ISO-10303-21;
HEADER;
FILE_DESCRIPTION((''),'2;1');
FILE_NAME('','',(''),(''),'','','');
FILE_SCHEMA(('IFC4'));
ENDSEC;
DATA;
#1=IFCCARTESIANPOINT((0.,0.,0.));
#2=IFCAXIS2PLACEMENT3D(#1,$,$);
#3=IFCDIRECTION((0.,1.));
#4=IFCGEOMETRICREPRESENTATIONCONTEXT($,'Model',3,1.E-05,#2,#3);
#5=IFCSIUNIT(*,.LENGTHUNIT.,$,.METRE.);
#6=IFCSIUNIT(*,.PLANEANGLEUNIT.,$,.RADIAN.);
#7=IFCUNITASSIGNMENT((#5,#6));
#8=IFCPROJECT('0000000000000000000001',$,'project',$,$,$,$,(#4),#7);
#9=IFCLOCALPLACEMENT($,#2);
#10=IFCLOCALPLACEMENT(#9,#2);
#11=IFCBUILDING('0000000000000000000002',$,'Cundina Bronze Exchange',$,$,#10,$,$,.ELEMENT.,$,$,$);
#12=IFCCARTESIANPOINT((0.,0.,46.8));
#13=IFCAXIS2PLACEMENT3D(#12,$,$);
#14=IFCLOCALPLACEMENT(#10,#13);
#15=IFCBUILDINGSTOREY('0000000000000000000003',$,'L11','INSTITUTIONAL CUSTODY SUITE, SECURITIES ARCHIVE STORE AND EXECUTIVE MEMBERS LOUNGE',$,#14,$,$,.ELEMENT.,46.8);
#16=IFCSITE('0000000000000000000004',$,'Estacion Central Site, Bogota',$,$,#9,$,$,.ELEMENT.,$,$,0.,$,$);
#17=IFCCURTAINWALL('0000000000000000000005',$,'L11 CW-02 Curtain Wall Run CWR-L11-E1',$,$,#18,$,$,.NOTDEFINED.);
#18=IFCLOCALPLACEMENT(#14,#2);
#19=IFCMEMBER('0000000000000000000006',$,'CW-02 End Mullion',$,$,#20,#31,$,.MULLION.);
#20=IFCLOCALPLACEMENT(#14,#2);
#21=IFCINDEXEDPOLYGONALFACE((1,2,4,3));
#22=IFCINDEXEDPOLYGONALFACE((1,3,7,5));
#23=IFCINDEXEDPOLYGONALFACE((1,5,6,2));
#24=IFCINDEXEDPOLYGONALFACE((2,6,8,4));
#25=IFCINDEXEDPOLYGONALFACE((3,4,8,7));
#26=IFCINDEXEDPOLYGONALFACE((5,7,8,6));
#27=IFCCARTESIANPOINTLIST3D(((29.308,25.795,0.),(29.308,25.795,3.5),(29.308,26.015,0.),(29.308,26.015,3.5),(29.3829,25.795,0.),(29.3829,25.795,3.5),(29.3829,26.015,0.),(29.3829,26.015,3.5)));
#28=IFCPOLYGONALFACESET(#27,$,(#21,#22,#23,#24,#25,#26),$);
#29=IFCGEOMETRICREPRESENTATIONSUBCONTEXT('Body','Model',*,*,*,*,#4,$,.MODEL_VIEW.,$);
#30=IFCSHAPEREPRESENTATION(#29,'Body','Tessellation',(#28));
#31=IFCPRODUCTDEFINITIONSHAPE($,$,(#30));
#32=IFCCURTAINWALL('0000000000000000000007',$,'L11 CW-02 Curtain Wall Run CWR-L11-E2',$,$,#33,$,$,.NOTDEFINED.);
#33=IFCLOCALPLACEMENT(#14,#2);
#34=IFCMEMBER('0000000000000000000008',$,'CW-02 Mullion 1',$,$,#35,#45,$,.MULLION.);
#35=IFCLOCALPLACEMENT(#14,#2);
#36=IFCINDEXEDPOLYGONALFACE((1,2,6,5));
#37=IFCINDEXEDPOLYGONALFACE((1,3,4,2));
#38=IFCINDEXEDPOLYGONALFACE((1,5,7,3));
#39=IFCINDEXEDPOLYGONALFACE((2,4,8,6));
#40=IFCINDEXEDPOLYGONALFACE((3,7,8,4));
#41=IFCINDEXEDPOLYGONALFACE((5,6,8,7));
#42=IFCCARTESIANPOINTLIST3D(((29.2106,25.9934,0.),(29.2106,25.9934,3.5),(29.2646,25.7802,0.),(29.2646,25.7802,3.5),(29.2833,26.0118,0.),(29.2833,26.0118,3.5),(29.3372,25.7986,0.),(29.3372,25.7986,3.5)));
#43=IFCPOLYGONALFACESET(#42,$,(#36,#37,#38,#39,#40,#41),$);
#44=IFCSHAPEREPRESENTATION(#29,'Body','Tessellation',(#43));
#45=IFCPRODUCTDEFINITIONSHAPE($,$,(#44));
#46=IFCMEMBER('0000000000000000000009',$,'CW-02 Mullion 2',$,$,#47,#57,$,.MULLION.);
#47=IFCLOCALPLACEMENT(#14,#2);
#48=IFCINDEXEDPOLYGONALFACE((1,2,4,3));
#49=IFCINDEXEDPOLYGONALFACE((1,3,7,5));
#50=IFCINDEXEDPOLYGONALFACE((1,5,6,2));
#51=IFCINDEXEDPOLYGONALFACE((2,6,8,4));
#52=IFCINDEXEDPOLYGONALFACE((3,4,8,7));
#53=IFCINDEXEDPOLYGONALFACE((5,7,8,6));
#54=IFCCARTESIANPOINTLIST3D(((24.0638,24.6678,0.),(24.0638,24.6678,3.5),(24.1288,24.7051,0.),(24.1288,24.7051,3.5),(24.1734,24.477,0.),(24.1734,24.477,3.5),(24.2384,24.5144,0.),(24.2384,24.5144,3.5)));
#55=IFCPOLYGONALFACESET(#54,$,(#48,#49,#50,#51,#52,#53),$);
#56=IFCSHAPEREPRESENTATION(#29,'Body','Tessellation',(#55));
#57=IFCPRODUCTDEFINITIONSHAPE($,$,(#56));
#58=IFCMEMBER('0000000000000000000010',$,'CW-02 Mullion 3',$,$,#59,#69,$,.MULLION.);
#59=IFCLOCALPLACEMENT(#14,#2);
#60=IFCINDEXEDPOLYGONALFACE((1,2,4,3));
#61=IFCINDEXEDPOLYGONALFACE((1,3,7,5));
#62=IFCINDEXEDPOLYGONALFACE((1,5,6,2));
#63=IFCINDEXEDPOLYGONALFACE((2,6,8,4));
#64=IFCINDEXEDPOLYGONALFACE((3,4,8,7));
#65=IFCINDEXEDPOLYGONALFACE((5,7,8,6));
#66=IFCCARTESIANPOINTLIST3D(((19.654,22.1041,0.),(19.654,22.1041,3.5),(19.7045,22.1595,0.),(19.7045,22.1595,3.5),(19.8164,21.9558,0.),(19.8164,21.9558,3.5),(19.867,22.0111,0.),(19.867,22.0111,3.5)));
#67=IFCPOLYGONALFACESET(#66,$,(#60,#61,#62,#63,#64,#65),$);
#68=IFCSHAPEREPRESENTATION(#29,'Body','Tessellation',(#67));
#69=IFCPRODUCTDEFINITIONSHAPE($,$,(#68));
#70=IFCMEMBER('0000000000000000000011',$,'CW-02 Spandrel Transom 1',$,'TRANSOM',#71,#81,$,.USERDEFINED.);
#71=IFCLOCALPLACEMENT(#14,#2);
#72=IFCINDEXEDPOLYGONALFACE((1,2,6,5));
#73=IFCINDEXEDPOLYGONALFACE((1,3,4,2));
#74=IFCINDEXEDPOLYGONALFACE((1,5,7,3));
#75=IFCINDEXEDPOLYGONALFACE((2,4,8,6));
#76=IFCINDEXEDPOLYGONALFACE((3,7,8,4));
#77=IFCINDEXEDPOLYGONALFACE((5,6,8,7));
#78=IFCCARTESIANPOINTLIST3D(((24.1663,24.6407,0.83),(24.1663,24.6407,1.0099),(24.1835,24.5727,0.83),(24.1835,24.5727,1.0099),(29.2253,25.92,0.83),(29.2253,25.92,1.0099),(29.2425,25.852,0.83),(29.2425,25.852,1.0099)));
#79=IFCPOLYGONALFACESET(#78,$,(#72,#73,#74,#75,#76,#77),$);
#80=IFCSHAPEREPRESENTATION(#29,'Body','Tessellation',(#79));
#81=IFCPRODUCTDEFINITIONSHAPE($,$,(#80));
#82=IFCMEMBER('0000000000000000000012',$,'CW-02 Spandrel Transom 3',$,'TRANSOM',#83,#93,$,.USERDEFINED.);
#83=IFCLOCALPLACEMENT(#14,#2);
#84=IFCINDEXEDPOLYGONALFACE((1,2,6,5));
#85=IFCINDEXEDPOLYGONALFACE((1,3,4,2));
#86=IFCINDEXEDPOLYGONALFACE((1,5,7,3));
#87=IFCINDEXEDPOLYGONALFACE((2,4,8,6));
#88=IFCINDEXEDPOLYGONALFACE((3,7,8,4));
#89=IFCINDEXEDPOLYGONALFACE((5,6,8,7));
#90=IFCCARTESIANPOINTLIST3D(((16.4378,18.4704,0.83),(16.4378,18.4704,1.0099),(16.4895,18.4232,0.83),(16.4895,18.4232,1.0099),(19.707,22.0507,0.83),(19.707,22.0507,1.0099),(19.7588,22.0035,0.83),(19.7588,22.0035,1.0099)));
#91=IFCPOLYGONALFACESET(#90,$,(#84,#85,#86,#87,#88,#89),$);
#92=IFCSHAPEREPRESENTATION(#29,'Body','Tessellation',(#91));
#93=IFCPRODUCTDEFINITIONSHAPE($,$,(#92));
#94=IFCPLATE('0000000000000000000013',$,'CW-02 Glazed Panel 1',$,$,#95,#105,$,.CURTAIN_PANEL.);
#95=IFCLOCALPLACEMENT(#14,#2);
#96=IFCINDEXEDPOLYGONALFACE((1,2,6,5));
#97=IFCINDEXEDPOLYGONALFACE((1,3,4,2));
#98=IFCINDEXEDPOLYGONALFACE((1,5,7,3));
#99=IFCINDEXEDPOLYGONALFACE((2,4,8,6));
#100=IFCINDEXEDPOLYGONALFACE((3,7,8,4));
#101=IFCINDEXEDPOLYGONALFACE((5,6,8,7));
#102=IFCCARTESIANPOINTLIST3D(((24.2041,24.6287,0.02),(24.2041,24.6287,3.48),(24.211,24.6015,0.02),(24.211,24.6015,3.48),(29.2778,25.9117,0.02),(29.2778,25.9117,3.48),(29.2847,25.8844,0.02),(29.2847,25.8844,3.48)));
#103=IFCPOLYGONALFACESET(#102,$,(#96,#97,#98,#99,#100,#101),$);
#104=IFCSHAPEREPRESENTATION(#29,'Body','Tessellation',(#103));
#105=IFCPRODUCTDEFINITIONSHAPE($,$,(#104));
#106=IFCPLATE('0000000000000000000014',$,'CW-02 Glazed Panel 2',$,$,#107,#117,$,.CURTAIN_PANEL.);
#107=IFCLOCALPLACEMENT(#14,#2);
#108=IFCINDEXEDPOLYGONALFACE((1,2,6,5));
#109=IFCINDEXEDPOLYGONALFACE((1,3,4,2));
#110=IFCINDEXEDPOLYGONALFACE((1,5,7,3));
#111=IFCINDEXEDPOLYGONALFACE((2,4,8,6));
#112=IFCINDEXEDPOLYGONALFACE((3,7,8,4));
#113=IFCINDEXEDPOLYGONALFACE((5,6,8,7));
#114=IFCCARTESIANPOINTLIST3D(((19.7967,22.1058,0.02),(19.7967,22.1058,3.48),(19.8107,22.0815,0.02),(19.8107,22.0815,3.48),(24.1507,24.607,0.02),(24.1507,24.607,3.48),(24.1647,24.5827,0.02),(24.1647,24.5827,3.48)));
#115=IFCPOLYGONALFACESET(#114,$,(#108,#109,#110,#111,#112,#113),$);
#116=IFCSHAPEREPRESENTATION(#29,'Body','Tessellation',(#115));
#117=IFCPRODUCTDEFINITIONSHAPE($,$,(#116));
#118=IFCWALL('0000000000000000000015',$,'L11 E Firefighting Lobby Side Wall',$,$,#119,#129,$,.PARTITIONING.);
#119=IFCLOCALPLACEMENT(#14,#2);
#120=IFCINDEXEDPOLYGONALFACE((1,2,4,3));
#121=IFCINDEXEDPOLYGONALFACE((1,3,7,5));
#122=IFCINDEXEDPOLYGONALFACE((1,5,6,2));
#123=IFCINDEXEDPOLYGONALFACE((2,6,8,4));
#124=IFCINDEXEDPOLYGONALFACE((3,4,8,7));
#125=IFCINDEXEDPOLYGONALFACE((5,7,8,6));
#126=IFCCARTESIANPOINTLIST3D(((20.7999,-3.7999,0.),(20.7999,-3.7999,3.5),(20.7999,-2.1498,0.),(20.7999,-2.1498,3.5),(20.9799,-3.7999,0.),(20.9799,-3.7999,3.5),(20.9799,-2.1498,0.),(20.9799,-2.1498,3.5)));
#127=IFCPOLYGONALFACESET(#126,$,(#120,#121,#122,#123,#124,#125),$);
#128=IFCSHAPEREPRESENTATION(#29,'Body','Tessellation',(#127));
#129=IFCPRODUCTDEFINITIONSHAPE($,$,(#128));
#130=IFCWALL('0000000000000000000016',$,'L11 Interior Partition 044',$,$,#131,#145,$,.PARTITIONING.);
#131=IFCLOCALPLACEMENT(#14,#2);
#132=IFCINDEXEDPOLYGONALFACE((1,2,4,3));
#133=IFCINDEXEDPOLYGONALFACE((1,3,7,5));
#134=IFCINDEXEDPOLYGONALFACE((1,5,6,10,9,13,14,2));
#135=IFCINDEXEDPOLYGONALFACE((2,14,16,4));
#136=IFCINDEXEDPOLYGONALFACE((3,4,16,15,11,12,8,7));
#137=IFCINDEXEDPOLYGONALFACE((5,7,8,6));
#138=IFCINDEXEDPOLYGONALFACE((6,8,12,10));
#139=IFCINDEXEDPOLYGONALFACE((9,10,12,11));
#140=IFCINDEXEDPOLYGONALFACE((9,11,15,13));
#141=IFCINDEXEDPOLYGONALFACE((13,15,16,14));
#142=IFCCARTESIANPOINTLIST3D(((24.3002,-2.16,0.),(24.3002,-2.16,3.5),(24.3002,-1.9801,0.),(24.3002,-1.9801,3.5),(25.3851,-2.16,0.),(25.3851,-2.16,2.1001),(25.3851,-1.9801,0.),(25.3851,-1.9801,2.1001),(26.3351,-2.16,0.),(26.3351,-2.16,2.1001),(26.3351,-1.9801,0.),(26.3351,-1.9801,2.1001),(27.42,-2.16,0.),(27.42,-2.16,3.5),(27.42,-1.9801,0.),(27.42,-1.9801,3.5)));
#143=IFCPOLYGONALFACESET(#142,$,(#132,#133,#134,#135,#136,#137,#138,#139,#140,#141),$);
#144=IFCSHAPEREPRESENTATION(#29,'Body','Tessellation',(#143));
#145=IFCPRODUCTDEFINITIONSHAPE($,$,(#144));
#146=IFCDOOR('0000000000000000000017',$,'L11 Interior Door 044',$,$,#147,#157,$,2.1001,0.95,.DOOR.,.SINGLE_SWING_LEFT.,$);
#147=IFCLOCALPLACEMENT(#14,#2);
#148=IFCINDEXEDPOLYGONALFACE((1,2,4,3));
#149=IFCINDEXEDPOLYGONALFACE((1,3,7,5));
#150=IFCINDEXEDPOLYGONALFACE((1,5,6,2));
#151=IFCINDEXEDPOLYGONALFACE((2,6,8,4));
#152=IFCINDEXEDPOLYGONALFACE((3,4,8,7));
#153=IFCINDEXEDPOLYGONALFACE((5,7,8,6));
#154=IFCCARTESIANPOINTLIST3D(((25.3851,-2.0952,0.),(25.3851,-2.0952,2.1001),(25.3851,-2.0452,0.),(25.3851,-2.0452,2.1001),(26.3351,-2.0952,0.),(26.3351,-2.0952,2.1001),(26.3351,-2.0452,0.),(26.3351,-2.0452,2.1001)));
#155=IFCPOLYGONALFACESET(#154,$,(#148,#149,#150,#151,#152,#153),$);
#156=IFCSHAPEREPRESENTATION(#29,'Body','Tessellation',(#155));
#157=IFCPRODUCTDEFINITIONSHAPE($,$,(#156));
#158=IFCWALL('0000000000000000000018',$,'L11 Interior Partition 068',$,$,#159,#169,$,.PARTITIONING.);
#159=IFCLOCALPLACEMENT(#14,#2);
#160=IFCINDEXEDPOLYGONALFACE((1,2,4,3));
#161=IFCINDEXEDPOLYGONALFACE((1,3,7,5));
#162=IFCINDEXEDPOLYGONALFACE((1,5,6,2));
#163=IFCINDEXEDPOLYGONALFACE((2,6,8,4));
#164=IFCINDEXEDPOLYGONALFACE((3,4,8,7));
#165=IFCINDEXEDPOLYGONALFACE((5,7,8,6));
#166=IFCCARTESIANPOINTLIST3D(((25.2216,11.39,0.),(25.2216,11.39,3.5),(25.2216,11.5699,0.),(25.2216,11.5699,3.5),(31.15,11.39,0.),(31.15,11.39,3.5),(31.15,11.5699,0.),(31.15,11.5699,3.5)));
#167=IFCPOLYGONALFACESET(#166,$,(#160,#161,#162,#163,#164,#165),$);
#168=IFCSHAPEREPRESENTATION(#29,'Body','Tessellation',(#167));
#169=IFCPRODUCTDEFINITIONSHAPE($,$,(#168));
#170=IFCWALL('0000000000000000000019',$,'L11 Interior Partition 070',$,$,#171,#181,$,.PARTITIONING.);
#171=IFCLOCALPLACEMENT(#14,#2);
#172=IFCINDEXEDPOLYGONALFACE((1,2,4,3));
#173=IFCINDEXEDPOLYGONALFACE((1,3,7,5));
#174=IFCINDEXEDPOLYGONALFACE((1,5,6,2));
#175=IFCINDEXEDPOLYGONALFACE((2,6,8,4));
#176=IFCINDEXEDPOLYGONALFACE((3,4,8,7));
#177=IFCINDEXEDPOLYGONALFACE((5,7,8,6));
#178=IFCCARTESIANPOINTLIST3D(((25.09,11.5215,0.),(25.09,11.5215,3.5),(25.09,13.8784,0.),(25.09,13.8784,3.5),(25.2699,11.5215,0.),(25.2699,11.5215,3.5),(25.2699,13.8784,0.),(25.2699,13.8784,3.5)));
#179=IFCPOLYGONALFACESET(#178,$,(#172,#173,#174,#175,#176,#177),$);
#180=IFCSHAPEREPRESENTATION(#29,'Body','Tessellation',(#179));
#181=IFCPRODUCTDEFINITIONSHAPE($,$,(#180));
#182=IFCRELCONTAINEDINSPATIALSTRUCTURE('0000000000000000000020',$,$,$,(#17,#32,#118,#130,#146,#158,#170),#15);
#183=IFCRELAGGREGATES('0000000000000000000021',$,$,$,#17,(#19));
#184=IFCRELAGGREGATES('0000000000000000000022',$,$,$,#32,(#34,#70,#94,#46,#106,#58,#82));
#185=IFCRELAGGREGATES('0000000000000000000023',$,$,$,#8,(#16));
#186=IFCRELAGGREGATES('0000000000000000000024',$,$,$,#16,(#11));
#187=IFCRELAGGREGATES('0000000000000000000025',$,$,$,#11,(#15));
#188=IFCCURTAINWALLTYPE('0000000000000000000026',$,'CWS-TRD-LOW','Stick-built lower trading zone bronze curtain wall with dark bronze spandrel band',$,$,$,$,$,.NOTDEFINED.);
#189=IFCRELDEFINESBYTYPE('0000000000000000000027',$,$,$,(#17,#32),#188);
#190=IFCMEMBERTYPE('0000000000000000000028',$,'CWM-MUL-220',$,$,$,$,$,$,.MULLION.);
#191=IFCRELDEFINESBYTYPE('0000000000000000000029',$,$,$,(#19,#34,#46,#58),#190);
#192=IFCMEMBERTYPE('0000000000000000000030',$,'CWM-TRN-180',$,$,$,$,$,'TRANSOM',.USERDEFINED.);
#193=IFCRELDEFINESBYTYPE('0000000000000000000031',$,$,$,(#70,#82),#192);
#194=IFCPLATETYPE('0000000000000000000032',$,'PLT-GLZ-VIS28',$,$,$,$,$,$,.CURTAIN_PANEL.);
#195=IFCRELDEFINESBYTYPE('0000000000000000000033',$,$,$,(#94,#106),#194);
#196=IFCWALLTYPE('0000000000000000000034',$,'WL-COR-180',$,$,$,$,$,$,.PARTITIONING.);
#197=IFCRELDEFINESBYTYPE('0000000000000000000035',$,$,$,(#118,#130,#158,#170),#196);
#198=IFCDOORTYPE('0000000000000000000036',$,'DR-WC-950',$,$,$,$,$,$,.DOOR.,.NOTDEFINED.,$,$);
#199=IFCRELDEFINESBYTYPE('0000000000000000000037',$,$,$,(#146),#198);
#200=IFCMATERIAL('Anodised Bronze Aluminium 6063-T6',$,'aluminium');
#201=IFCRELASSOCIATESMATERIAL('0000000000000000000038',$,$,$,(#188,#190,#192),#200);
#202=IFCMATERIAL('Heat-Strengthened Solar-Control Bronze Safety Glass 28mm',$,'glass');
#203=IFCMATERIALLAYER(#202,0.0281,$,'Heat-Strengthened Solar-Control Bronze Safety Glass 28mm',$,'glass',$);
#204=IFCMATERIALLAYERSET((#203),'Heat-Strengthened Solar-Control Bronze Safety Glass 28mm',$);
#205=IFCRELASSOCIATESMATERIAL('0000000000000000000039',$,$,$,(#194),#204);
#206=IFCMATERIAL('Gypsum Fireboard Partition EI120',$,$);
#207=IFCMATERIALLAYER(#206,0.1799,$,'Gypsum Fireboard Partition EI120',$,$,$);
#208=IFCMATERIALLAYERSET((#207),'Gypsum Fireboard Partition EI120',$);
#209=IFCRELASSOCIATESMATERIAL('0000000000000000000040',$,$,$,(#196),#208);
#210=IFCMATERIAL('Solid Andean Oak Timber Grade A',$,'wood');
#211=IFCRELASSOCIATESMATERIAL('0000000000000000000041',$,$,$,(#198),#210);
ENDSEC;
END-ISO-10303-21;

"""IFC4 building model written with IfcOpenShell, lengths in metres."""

from ifc_helpers import new_model, si_unit, direction, frame, frame_2d, origin, origin_2d, place, context, subcontext, project, spatial, rectangle, extrude, material, layer, layer_set, material_profile, profile_set, type_object, element, fill, aggregate, save


model = new_model("IFC4")

# Units and contexts
model_context = context("Model", 3, precision=1e-05, world=origin(), true_north=direction((0.0, 1.0)))
body_context = subcontext(model_context, "Body", "Model", "MODEL_VIEW")
ifc_project = project(units=[si_unit("LENGTHUNIT", "METRE"), si_unit("PLANEANGLEUNIT", "RADIAN")], contexts=[model_context])

# Site, building, storey
site_placement = place(None, origin())
site = spatial("IfcSite", under=ifc_project, at=site_placement, Name="Estacion Central Site, Bogota", CompositionType="ELEMENT", RefElevation=0.0)
building_placement = place(site_placement, origin())
building = spatial("IfcBuilding", under=site, at=building_placement, Name="Cundina Bronze Exchange", CompositionType="ELEMENT")
storey_placement = place(building_placement, frame((0.0, 0.0, 46.8)))
storey = spatial("IfcBuildingStorey", under=building, at=storey_placement, Name="L11", Description="INSTITUTIONAL CUSTODY SUITE, SECURITIES ARCHIVE STORE AND EXECUTIVE MEMBERS LOUNGE", CompositionType="ELEMENT", Elevation=46.8)

# Curtain wall, member
ifc_material_1 = material(Name="Anodised Bronze Aluminium 6063-T6", Category="aluminium")
curtain_wall_type = type_object("IfcCurtainWallType", Name="CWS-TRD-LOW", Description="Stick-built lower trading zone bronze curtain wall with dark bronze spandrel band", PredefinedType="NOTDEFINED", material=ifc_material_1)
curtain_wall_1_placement = place(storey_placement, origin())
curtain_wall_1 = element("IfcCurtainWall", 1, at=curtain_wall_1_placement, inside=storey, type_object=curtain_wall_type, Name="L11 CW-02 Curtain Wall Run CWR-L11-E1", PredefinedType="NOTDEFINED")
ifc_material_profile_1 = material_profile(ifc_material_1, rectangle(XDim=0.075, YDim=0.22, at=origin_2d()), Name="AL75X220", Category="aluminium")
ifc_profile_set_1 = profile_set([ifc_material_profile_1], Name="Anodised Bronze Aluminium 6063-T6")
member_type_1 = type_object("IfcMemberType", Name="CWM-MUL-220", PredefinedType="MULLION", material=ifc_profile_set_1)
member_1_placement = place(storey_placement, frame((29.3455, 25.905, 0.0), z_axis=(0.0, 0.0, 1.0), x_axis=(-1.0, 0.0, 0.0)))
member_1 = element("IfcMember", 2, at=member_1_placement, type_object=member_type_1, Name="CW-02 End Mullion", PredefinedType="MULLION", context=body_context, shape_type="SweptSolid", body=[
    extrude(rectangle(XDim=0.075, YDim=0.22, at=origin_2d()), origin(), (0.0, 0.0, 1.0), 3.5),
])
aggregate(curtain_wall_1, [member_1])

# Curtain wall, members, plates
curtain_wall_2_placement = place(storey_placement, origin())
curtain_wall_2 = element("IfcCurtainWall", 3, at=curtain_wall_2_placement, inside=storey, type_object=curtain_wall_type, Name="L11 CW-02 Curtain Wall Run CWR-L11-E2", PredefinedType="NOTDEFINED")
member_2_placement = place(storey_placement, frame((29.2739, 25.896, 0.0), z_axis=(0.0, 0.0, 1.0), x_axis=(-0.969488, -0.245138, 0.0)))
member_2 = element("IfcMember", 4, at=member_2_placement, type_object=member_type_1, Name="CW-02 Mullion 1", PredefinedType="MULLION", context=body_context, shape_type="SweptSolid", body=[
    extrude(rectangle(XDim=0.075, YDim=0.22, at=origin_2d()), origin(), (0.0, 0.0, 1.0), 3.5),
])
member_3_placement = place(storey_placement, frame((24.1511, 24.5911, 0.0), z_axis=(0.0, 0.0, 1.0), x_axis=(-0.867071, -0.498185, 0.0)))
member_3 = element("IfcMember", 5, at=member_3_placement, type_object=member_type_1, Name="CW-02 Mullion 2", PredefinedType="MULLION", context=body_context, shape_type="SweptSolid", body=[
    extrude(rectangle(XDim=0.075, YDim=0.22, at=origin_2d()), origin(), (0.0, 0.0, 1.0), 3.5),
])
member_4_placement = place(storey_placement, frame((19.7605, 22.0576, 0.0), z_axis=(0.0, 0.0, 1.0), x_axis=(-0.674302, -0.738455, 0.0)))
member_4 = element("IfcMember", 6, at=member_4_placement, type_object=member_type_1, Name="CW-02 Mullion 3", PredefinedType="MULLION", context=body_context, shape_type="SweptSolid", body=[
    extrude(rectangle(XDim=0.075, YDim=0.22, at=origin_2d()), origin(), (0.0, 0.0, 1.0), 3.5),
])
ifc_material_profile_2 = material_profile(ifc_material_1, rectangle(XDim=0.0701, YDim=0.1799, at=origin_2d()), Name="AL70X180", Category="aluminium")
ifc_profile_set_2 = profile_set([ifc_material_profile_2], Name="Anodised Bronze Aluminium 6063-T6")
member_type_2 = type_object("IfcMemberType", Name="CWM-TRN-180", ElementType="TRANSOM", PredefinedType="USERDEFINED", material=ifc_profile_set_2)
member_5_placement = place(storey_placement, frame((29.2339, 25.886, 0.9199), z_axis=(-0.969484, -0.245155, 0.0), x_axis=(0.245155, -0.969484, 0.0)))
member_5 = element("IfcMember", 7, at=member_5_placement, type_object=member_type_2, Name="CW-02 Spandrel Transom 1", ObjectType="TRANSOM", PredefinedType="USERDEFINED", context=body_context, shape_type="SweptSolid", body=[
    extrude(rectangle(XDim=0.0701, YDim=0.1799, at=origin_2d()), origin(), (0.0, 0.0, 1.0), 5.2183),
])
member_6_placement = place(storey_placement, frame((19.7329, 22.0271, 0.9199), z_axis=(-0.674303, -0.738455, 0.0), x_axis=(0.738455, -0.674303, 0.0)))
member_6 = element("IfcMember", 8, at=member_6_placement, type_object=member_type_2, Name="CW-02 Spandrel Transom 3", ObjectType="TRANSOM", PredefinedType="USERDEFINED", context=body_context, shape_type="SweptSolid", body=[
    extrude(rectangle(XDim=0.0701, YDim=0.1799, at=origin_2d()), origin(), (0.0, 0.0, 1.0), 4.8484),
])
ifc_material_2 = material(Name="Heat-Strengthened Solar-Control Bronze Safety Glass 28mm", Category="glass")
ifc_layer_1 = layer(ifc_material_2, 0.0281, Name="Heat-Strengthened Solar-Control Bronze Safety Glass 28mm", Category="glass")
ifc_layer_set_1 = layer_set([ifc_layer_1], Name="Heat-Strengthened Solar-Control Bronze Safety Glass 28mm")
plate_type = type_object("IfcPlateType", Name="PLT-GLZ-VIS28", PredefinedType="CURTAIN_PANEL", material=ifc_layer_set_1)
plate_1_placement = place(storey_placement, frame((26.7444, 25.2566, 0.02), z_axis=(0.0, 0.0, 1.0), x_axis=(-0.969488, -0.245138, 0.0)))
plate_1 = element("IfcPlate", 9, at=plate_1_placement, type_object=plate_type, Name="CW-02 Glazed Panel 1", PredefinedType="CURTAIN_PANEL", context=body_context, shape_type="SweptSolid", body=[
    extrude(rectangle(XDim=5.2334, YDim=0.0281, at=origin_2d()), origin(), (0.0, 0.0, 1.0), 3.46),
])
plate_2_placement = place(storey_placement, frame((21.9807, 23.3442, 0.02), z_axis=(0.0, 0.0, 1.0), x_axis=(-0.867105, -0.498125, 0.0)))
plate_2 = element("IfcPlate", 10, at=plate_2_placement, type_object=plate_type, Name="CW-02 Glazed Panel 2", PredefinedType="CURTAIN_PANEL", context=body_context, shape_type="SweptSolid", body=[
    extrude(rectangle(XDim=5.0212, YDim=0.0281, at=origin_2d()), origin(), (0.0, 0.0, 1.0), 3.46),
])
aggregate(curtain_wall_2, [member_2, member_5, plate_1, member_3, plate_2, member_4, member_6])

# Wall
ifc_material_3 = material(Name="Gypsum Fireboard Partition EI120")
ifc_layer_2 = layer(ifc_material_3, 0.1799, Name="Gypsum Fireboard Partition EI120")
ifc_layer_set_2 = layer_set([ifc_layer_2], Name="Gypsum Fireboard Partition EI120")
wall_type_1 = type_object("IfcWallType", Name="WL-COR-180", PredefinedType="PARTITIONING", material=ifc_layer_set_2)
wall_1_placement = place(storey_placement, frame((20.8899, -3.8, 0.0), z_axis=(0.0, 0.0, 1.0), x_axis=(0.0, 1.0, 0.0)))
element("IfcWall", 11, at=wall_1_placement, inside=storey, type_object=wall_type_1, Name="L11 E Firefighting Lobby Side Wall", PredefinedType="PARTITIONING", context=body_context, shape_type="SweptSolid", body=[
    extrude(rectangle(XDim=1.6501, YDim=0.1799, at=frame_2d((0.8252, 0.0))), origin(), (0.0, 0.0, 1.0), 3.5),
])

# Wall, opening, door
wall_2_placement = place(storey_placement, frame((24.3, -2.0701, 0.0), z_axis=(0.0, 0.0, 1.0), x_axis=(1.0, 0.0, 0.0)))
wall_2 = element("IfcWall", 12, at=wall_2_placement, inside=storey, type_object=wall_type_1, Name="L11 Interior Partition 044", PredefinedType="PARTITIONING", context=body_context, shape_type="SweptSolid", body=[
    extrude(rectangle(XDim=3.1199, YDim=0.1799, at=frame_2d((1.5601, 0.0))), origin(), (0.0, 0.0, 1.0), 3.5),
])
opening_1_placement = place(wall_2_placement, frame((1.085, 0.0, 0.0)))
opening_1 = element("IfcOpeningElement", 13, at=opening_1_placement, cuts=wall_2, PredefinedType="OPENING", context=body_context, shape_type="SweptSolid", body=[
    extrude(rectangle(XDim=0.95, YDim=2.1001, at=frame_2d((0.4751, 1.05))), frame((0.0, 0.0999, 0.0), z_axis=(0.0, -1.0, 0.0), x_axis=(1.0, 0.0, 0.0)), (0.0, 0.0, 1.0), 0.2),
])
ifc_material_4 = material(Name="Solid Andean Oak Timber Grade A", Category="wood")
door_type_1 = type_object("IfcDoorType", Name="DR-WC-950", OperationType="NOTDEFINED", PredefinedType="DOOR", material=ifc_material_4)
door_1_placement = place(opening_1_placement, origin())
door_1 = element("IfcDoor", 14, at=door_1_placement, inside=storey, type_object=door_type_1, Name="L11 Interior Door 044", OperationType="SINGLE_SWING_LEFT", OverallHeight=2.1001, OverallWidth=0.95, PredefinedType="DOOR", context=body_context, shape_type="SweptSolid", body=[
    extrude(rectangle(XDim=0.95, YDim=2.1001, at=frame_2d((0.4751, 1.05))), frame((0.0, 0.0249, 0.0), z_axis=(0.0, -1.0, 0.0), x_axis=(1.0, 0.0, 0.0)), (0.0, 0.0, 1.0), 0.05),
])
fill(opening_1, door_1)

# Walls
wall_3_placement = place(storey_placement, frame((25.2214, 11.48, 0.0), z_axis=(0.0, 0.0, 1.0), x_axis=(1.0, 0.0, 0.0)))
element("IfcWall", 15, at=wall_3_placement, inside=storey, type_object=wall_type_1, Name="L11 Interior Partition 068", PredefinedType="PARTITIONING", context=body_context, shape_type="SweptSolid", body=[
    extrude(rectangle(XDim=5.9285, YDim=0.1799, at=frame_2d((2.9644, 0.0))), origin(), (0.0, 0.0, 1.0), 3.5),
])
wall_4_placement = place(storey_placement, frame((25.1799, 13.8784, 0.0), z_axis=(0.0, 0.0, 1.0), x_axis=(0.0, -1.0, 0.0)))
element("IfcWall", 16, at=wall_4_placement, inside=storey, type_object=wall_type_1, Name="L11 Interior Partition 070", PredefinedType="PARTITIONING", context=body_context, shape_type="SweptSolid", body=[
    extrude(rectangle(XDim=2.3569, YDim=0.1799, at=frame_2d((1.1785, 0.0))), origin(), (0.0, 0.0, 1.0), 3.5),
])

save(model, "model.ifc")
